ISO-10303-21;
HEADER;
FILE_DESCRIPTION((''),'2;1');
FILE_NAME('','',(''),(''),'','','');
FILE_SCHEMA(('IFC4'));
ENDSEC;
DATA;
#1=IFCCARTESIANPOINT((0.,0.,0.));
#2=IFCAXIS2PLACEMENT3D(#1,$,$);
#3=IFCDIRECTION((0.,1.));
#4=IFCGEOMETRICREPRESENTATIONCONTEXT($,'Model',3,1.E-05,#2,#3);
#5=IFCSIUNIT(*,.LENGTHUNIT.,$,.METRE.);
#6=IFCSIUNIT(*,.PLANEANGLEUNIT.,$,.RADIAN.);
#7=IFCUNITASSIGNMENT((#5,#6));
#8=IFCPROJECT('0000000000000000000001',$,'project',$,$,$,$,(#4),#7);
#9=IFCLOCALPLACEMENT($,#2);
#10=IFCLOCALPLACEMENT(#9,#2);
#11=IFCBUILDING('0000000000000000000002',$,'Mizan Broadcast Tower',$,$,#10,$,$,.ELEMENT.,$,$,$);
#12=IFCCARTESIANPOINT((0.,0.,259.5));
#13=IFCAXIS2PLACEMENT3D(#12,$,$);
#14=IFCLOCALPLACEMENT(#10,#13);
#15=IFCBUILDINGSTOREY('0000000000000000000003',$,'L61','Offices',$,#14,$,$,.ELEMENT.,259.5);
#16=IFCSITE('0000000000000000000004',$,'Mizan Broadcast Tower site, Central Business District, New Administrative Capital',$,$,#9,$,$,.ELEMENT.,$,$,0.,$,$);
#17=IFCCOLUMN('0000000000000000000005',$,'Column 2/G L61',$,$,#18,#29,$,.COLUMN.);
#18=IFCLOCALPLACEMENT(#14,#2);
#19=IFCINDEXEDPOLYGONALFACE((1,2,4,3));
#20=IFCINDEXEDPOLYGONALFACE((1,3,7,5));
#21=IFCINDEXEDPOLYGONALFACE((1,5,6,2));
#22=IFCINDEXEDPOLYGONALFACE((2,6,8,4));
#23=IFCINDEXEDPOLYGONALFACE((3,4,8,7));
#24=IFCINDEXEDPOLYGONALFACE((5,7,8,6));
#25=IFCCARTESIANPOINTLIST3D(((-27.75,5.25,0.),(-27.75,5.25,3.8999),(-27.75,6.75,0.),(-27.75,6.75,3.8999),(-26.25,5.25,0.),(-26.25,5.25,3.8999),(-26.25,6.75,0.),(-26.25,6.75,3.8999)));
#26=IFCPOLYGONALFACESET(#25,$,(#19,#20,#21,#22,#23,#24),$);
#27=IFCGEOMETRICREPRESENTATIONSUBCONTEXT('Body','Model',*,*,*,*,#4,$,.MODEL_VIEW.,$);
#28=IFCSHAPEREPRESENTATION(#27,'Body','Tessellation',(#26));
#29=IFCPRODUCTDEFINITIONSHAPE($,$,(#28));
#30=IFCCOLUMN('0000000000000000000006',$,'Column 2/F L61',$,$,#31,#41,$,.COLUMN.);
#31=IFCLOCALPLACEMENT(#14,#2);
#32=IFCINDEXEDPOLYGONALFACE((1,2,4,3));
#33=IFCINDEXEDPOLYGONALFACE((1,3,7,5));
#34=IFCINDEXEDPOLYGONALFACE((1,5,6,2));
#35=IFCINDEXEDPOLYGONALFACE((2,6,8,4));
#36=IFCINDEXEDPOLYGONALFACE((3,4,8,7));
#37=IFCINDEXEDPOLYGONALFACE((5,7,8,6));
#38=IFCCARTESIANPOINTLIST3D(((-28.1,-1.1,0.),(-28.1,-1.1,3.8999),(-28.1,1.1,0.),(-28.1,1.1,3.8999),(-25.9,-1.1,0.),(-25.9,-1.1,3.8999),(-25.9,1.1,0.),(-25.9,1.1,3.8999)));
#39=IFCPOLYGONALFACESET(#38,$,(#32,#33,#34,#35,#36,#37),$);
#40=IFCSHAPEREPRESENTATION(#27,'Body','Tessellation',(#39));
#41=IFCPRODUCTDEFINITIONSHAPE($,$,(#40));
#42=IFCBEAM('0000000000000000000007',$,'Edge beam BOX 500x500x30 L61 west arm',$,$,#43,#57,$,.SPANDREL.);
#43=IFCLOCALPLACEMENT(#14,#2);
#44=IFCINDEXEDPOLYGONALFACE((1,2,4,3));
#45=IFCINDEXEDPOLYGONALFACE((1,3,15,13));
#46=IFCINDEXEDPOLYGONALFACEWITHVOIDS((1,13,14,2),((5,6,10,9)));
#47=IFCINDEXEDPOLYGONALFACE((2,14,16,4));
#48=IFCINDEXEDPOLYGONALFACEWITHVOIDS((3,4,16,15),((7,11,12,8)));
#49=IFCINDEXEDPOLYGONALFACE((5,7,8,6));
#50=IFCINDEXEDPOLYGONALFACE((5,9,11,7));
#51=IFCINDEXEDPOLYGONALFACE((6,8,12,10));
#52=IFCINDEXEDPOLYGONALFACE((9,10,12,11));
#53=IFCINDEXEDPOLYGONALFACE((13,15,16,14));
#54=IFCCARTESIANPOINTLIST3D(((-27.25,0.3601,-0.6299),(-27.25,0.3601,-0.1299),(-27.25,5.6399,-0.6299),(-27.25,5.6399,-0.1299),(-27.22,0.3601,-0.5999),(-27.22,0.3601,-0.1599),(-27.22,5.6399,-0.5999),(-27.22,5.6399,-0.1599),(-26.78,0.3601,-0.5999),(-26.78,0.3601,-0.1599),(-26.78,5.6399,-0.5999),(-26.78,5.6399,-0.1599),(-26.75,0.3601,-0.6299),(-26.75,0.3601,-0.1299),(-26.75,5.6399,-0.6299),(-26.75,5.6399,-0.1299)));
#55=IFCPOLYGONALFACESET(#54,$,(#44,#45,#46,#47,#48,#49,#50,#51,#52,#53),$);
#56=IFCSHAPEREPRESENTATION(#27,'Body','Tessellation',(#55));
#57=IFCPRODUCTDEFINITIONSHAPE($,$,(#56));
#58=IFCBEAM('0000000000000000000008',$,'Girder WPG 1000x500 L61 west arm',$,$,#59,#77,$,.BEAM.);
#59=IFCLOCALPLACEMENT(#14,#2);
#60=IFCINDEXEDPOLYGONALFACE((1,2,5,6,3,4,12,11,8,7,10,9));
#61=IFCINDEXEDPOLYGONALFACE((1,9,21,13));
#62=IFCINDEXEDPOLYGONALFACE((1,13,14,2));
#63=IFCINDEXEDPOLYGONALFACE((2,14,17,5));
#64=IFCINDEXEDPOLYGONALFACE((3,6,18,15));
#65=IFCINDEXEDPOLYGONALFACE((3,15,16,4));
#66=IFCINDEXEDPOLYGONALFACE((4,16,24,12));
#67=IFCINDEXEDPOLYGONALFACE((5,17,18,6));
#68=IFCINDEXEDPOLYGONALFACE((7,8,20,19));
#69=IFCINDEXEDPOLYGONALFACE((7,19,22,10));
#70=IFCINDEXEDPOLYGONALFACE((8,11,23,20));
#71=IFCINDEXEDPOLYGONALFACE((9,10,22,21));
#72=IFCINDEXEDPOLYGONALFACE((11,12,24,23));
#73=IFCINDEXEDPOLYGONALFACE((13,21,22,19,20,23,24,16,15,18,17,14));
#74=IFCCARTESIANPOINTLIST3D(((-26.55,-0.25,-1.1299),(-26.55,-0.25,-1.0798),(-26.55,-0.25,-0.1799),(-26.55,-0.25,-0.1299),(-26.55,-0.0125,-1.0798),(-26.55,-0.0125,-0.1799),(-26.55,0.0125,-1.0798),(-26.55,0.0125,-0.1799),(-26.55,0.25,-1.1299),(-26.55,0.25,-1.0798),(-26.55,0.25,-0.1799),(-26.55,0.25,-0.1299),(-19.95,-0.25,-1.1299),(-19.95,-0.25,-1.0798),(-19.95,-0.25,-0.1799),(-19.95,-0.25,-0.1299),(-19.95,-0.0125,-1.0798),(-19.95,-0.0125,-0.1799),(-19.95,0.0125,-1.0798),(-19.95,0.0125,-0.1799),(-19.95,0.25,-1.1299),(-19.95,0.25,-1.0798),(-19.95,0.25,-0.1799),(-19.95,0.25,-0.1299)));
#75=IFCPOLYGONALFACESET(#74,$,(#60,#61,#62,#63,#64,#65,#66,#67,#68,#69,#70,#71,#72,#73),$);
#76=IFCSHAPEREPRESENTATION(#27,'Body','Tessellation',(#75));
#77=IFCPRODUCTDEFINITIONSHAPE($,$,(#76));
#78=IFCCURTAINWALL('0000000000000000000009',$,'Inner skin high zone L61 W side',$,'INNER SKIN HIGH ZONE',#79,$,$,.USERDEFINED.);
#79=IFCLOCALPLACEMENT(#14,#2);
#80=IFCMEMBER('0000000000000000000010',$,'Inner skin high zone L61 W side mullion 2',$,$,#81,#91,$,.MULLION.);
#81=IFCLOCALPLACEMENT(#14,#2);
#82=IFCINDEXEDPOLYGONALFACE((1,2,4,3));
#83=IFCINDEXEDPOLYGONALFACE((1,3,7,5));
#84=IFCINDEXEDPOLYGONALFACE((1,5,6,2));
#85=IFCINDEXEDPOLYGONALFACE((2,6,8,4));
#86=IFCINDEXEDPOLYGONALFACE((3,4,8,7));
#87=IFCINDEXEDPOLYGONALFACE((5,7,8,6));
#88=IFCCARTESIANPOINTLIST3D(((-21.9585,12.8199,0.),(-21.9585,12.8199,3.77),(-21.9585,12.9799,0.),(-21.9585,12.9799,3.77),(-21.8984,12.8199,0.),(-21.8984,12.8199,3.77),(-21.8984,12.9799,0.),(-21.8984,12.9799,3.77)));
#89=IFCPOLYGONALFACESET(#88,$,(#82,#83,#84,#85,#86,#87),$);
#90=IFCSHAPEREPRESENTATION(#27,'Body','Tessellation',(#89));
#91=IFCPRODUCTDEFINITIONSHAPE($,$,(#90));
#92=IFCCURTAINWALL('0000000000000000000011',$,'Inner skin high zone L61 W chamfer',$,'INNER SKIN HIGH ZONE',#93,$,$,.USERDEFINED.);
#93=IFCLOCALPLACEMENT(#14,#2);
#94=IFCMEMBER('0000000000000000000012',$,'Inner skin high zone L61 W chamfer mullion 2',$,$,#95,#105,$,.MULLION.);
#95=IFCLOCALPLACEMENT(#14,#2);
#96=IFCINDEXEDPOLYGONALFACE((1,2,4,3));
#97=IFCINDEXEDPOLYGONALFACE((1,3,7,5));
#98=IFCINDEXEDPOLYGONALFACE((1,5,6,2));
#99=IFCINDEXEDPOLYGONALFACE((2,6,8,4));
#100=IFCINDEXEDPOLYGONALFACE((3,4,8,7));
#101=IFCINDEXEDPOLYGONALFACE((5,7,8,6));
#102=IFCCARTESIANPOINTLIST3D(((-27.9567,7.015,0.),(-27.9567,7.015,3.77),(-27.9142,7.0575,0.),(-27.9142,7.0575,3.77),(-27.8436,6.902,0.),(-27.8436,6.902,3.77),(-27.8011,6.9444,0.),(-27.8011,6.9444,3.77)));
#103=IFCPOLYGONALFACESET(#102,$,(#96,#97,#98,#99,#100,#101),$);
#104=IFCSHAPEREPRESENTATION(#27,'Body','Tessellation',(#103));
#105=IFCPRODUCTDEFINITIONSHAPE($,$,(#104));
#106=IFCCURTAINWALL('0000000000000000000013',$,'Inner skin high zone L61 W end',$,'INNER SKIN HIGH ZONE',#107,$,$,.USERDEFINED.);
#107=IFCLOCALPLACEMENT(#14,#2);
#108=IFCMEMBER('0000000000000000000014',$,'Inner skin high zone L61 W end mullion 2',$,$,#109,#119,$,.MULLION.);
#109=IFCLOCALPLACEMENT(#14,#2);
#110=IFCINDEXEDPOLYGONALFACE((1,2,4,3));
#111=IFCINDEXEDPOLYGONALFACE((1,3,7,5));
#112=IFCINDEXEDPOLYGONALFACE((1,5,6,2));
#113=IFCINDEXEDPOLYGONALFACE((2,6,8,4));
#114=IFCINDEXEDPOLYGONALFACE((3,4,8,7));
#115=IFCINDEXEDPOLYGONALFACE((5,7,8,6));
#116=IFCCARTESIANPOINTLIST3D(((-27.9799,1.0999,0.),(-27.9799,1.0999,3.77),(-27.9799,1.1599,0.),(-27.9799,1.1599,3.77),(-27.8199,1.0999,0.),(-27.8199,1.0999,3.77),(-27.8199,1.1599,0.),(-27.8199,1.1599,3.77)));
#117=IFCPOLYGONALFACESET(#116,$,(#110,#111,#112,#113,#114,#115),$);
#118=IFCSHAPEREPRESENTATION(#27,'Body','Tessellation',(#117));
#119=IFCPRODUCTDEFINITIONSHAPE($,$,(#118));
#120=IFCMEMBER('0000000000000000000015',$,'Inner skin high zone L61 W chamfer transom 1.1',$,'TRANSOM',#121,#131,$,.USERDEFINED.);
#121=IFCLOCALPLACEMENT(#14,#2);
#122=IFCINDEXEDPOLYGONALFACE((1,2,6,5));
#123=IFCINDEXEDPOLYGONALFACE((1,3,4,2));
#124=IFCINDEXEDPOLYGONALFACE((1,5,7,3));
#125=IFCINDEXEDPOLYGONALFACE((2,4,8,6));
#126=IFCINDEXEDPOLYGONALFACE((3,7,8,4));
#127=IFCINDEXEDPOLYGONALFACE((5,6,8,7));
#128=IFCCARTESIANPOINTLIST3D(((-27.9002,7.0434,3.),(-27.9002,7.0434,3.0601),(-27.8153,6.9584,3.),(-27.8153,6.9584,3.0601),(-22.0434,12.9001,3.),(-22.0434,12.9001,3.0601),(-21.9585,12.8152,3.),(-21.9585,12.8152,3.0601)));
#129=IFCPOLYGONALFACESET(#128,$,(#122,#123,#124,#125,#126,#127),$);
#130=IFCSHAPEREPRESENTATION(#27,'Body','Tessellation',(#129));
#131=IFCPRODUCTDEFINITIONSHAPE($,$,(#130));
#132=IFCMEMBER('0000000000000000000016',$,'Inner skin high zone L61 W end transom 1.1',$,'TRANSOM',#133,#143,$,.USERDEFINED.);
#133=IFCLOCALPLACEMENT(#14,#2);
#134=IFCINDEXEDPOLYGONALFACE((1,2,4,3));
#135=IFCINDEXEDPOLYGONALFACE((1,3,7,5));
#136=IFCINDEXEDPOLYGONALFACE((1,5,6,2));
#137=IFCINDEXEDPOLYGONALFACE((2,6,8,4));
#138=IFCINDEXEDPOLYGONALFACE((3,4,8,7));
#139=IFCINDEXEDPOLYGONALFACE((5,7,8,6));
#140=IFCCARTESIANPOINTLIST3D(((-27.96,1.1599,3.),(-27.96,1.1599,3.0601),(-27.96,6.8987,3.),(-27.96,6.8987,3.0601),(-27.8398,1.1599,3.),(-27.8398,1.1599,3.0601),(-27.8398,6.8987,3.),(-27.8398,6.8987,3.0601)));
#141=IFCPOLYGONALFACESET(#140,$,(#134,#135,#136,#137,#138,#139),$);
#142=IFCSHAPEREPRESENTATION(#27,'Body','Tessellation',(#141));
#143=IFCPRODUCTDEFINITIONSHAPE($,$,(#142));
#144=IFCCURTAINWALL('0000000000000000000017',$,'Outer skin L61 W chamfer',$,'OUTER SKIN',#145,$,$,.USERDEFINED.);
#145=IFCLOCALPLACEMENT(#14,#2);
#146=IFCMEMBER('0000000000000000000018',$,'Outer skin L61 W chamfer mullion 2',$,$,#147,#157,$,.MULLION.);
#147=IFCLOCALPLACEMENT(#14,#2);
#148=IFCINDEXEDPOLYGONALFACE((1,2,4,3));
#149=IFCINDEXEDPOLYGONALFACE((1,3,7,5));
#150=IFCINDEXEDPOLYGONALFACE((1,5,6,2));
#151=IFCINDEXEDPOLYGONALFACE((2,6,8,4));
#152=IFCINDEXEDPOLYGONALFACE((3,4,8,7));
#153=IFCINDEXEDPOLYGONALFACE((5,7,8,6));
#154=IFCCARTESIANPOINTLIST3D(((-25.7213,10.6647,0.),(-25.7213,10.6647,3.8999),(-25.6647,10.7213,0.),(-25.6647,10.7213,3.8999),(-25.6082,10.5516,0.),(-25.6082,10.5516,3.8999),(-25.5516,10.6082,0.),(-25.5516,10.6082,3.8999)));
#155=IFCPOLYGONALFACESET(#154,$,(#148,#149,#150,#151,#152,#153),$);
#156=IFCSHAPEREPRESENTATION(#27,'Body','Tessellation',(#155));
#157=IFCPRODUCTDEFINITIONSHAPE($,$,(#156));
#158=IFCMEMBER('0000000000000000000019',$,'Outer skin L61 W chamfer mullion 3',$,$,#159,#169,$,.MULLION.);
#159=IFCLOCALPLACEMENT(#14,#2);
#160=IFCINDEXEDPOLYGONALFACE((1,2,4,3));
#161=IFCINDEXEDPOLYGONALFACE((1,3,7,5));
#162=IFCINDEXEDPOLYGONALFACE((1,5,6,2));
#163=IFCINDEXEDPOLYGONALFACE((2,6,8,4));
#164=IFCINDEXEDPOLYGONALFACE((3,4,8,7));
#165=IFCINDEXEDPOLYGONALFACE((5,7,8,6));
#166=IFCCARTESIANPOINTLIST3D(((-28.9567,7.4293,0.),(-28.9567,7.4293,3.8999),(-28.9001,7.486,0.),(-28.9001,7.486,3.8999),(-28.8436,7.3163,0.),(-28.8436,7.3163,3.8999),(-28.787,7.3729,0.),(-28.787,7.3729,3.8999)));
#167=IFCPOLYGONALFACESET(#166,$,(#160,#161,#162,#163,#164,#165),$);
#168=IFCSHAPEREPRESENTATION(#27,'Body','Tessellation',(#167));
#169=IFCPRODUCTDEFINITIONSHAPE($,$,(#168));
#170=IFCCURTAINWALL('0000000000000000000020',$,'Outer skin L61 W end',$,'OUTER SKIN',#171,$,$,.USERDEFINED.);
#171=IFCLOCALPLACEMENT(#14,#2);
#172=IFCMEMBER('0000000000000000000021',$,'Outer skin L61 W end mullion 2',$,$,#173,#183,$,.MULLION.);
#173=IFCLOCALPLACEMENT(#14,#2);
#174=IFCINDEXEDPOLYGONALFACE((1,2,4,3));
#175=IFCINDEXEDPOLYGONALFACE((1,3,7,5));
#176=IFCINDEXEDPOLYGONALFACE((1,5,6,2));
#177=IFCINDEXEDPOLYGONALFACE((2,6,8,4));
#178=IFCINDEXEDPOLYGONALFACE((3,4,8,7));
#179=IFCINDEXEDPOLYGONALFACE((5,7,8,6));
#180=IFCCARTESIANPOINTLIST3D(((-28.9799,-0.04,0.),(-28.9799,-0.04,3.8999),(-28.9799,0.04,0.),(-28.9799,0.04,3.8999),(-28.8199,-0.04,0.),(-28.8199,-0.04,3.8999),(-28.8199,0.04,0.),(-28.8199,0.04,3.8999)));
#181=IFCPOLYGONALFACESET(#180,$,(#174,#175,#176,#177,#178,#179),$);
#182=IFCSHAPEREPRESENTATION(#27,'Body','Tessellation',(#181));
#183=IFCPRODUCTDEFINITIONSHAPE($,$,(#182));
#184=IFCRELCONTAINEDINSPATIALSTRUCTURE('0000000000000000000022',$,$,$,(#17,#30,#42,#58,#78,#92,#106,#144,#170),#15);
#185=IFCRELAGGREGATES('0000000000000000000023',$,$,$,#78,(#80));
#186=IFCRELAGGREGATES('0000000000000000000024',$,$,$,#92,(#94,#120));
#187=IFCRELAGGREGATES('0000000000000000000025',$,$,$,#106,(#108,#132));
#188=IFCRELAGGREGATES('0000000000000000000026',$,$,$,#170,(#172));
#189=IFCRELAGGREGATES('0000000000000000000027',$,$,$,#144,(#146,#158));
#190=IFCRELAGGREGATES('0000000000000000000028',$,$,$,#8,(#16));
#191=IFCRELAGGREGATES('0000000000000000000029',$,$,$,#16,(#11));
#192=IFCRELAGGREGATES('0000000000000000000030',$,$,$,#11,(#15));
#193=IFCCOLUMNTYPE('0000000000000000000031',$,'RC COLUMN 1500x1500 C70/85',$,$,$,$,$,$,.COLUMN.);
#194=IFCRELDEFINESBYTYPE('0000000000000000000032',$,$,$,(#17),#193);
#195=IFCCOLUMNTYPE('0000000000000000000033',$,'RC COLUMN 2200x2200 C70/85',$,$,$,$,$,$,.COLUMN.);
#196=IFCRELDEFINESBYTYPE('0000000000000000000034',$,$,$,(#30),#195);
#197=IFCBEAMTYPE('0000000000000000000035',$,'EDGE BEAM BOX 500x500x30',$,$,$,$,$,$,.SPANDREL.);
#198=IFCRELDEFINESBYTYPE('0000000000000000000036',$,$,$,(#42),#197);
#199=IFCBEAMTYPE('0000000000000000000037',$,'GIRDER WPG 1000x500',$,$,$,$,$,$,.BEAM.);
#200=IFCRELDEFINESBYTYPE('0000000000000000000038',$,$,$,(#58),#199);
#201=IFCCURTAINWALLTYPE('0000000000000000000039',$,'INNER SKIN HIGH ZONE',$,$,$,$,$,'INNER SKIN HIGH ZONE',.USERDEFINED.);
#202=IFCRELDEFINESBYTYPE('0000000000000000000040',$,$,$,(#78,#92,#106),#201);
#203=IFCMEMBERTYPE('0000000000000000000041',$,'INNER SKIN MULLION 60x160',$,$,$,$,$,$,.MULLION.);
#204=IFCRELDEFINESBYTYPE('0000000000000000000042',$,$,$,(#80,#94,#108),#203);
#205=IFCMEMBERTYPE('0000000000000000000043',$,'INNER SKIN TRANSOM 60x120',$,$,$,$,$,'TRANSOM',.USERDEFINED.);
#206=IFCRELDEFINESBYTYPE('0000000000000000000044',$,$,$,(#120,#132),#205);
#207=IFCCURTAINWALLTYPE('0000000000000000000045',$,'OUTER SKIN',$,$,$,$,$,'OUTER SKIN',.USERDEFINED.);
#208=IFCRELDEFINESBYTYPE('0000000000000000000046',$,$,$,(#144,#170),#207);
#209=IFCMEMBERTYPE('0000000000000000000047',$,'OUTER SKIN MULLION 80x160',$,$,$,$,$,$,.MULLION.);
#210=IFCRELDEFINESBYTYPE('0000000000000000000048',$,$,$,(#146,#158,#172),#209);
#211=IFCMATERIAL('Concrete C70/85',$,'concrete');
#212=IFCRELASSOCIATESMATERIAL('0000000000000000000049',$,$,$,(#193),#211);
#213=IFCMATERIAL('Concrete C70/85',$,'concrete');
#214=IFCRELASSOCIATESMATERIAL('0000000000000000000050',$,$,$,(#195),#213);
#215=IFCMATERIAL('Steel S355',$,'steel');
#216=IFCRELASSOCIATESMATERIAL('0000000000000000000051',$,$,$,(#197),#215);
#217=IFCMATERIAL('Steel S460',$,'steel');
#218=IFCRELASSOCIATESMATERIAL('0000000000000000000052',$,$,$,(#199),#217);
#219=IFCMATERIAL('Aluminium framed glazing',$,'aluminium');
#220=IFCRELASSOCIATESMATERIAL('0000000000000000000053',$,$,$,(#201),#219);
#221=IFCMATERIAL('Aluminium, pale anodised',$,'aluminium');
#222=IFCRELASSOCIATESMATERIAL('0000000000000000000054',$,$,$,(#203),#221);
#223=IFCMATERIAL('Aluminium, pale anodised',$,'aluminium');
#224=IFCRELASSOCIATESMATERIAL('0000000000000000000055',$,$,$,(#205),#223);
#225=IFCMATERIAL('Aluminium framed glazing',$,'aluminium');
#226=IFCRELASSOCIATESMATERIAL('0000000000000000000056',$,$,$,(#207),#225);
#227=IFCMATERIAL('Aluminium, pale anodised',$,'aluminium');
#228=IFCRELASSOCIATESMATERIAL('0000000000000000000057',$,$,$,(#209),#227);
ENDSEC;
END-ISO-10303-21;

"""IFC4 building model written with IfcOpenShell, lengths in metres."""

from ifc_helpers import new_model, si_unit, direction, frame, origin, origin_2d, place, context, subcontext, project, spatial, rectangle, hollow_rectangle, i_section, extrude, material, material_profile, profile_set, type_object, element, aggregate, save


model = new_model("IFC4")

# Units and contexts
model_context = context("Model", 3, precision=1e-05, world=origin(), true_north=direction((0.0, 1.0)))
body_context = subcontext(model_context, "Body", "Model", "MODEL_VIEW")
ifc_project = project(units=[si_unit("LENGTHUNIT", "METRE"), si_unit("PLANEANGLEUNIT", "RADIAN")], contexts=[model_context])

# Site, building, storey
site_placement = place(None, origin())
site = spatial("IfcSite", under=ifc_project, at=site_placement, Name="Mizan Broadcast Tower site, Central Business District, New Administrative Capital", CompositionType="ELEMENT", RefElevation=0.0)
building_placement = place(site_placement, origin())
building = spatial("IfcBuilding", under=site, at=building_placement, Name="Mizan Broadcast Tower", CompositionType="ELEMENT")
storey_placement = place(building_placement, frame((0.0, 0.0, 259.5)))
storey = spatial("IfcBuildingStorey", under=building, at=storey_placement, Name="L61", Description="Offices", CompositionType="ELEMENT", Elevation=259.5)

# Columns
ifc_material_1 = material(Name="Concrete C70/85", Category="concrete")
ifc_material_profile_1 = material_profile(ifc_material_1, rectangle(XDim=1.5, YDim=1.5, at=origin_2d()), Name="RC 1500x1500")
ifc_profile_set_1 = profile_set([ifc_material_profile_1], Name="Concrete C70/85")
column_type_1 = type_object("IfcColumnType", Name="RC COLUMN 1500x1500 C70/85", PredefinedType="COLUMN", material=ifc_profile_set_1)
column_1_placement = place(storey_placement, frame((-27.0, 6.0, 0.0), z_axis=(0.0, 0.0, 1.0), x_axis=(1.0, 0.0, 0.0)))
element("IfcColumn", 1, at=column_1_placement, inside=storey, type_object=column_type_1, Name="Column 2/G L61", PredefinedType="COLUMN", context=body_context, shape_type="SweptSolid", body=[
    extrude(rectangle(XDim=1.5, YDim=1.5, at=origin_2d()), origin(), (0.0, 0.0, 1.0), 3.8999),
])
ifc_material_2 = material(Name="Concrete C70/85", Category="concrete")
ifc_material_profile_2 = material_profile(ifc_material_2, rectangle(XDim=2.2, YDim=2.2, at=origin_2d()), Name="RC 2200x2200")
ifc_profile_set_2 = profile_set([ifc_material_profile_2], Name="Concrete C70/85")
column_type_2 = type_object("IfcColumnType", Name="RC COLUMN 2200x2200 C70/85", PredefinedType="COLUMN", material=ifc_profile_set_2)
column_2_placement = place(storey_placement, frame((-27.0, 0.0, 0.0), z_axis=(0.0, 0.0, 1.0), x_axis=(1.0, 0.0, 0.0)))
element("IfcColumn", 2, at=column_2_placement, inside=storey, type_object=column_type_2, Name="Column 2/F L61", PredefinedType="COLUMN", context=body_context, shape_type="SweptSolid", body=[
    extrude(rectangle(XDim=2.2, YDim=2.2, at=origin_2d()), origin(), (0.0, 0.0, 1.0), 3.8999),
])

# Beams
ifc_material_3 = material(Name="Steel S355", Category="steel")
ifc_material_profile_3 = material_profile(ifc_material_3, hollow_rectangle(XDim=0.5, YDim=0.5, WallThickness=0.03, at=origin_2d()), Name="BOX 500x500x30")
ifc_profile_set_3 = profile_set([ifc_material_profile_3], Name="Steel S355")
beam_type_1 = type_object("IfcBeamType", Name="EDGE BEAM BOX 500x500x30", PredefinedType="SPANDREL", material=ifc_profile_set_3)
beam_1_placement = place(storey_placement, frame((-27.0, 5.6399, -0.3799), z_axis=(0.0, -1.0, 0.0), x_axis=(1.0, 0.0, 0.0)))
element("IfcBeam", 3, at=beam_1_placement, inside=storey, type_object=beam_type_1, Name="Edge beam BOX 500x500x30 L61 west arm", PredefinedType="SPANDREL", context=body_context, shape_type="SweptSolid", body=[
    extrude(hollow_rectangle(XDim=0.5, YDim=0.5, WallThickness=0.03, at=origin_2d()), origin(), (0.0, 0.0, 1.0), 5.2798),
])
ifc_material_4 = material(Name="Steel S460", Category="steel")
ifc_material_profile_4 = material_profile(ifc_material_4, i_section(OverallWidth=0.5, OverallDepth=1.0, WebThickness=0.0249, FlangeThickness=0.05, at=origin_2d()), Name="WPG 1000x500")
ifc_profile_set_4 = profile_set([ifc_material_profile_4], Name="Steel S460")
beam_type_2 = type_object("IfcBeamType", Name="GIRDER WPG 1000x500", PredefinedType="BEAM", material=ifc_profile_set_4)
beam_2_placement = place(storey_placement, frame((-19.95, 0.0, -0.6299), z_axis=(-1.0, 0.0, 0.0), x_axis=(0.0, -1.0, 0.0)))
element("IfcBeam", 4, at=beam_2_placement, inside=storey, type_object=beam_type_2, Name="Girder WPG 1000x500 L61 west arm", PredefinedType="BEAM", context=body_context, shape_type="SweptSolid", body=[
    extrude(i_section(OverallWidth=0.5, OverallDepth=1.0, WebThickness=0.0249, FlangeThickness=0.05, at=origin_2d()), origin(), (0.0, 0.0, 1.0), 6.6001),
])

# Curtain walls, members
ifc_material_5 = material(Name="Aluminium framed glazing", Category="aluminium")
curtain_wall_type_1 = type_object("IfcCurtainWallType", Name="INNER SKIN HIGH ZONE", ElementType="INNER SKIN HIGH ZONE", PredefinedType="USERDEFINED", material=ifc_material_5)
curtain_wall_1_placement = place(storey_placement, origin())
curtain_wall_1 = element("IfcCurtainWall", 5, at=curtain_wall_1_placement, inside=storey, type_object=curtain_wall_type_1, Name="Inner skin high zone L61 W side", ObjectType="INNER SKIN HIGH ZONE", PredefinedType="USERDEFINED")
ifc_material_6 = material(Name="Aluminium, pale anodised", Category="aluminium")
ifc_material_profile_5 = material_profile(ifc_material_6, rectangle(XDim=0.1599, YDim=0.0601, at=origin_2d()), Name="MULLION 160x60")
ifc_profile_set_5 = profile_set([ifc_material_profile_5], Name="Aluminium, pale anodised")
member_type_1 = type_object("IfcMemberType", Name="INNER SKIN MULLION 60x160", PredefinedType="MULLION", material=ifc_profile_set_5)
member_1_placement = place(storey_placement, frame((-21.9285, 12.8999, 0.0), z_axis=(0.0, 0.0, 1.0), x_axis=(0.0, -1.0, 0.0)))
member_1 = element("IfcMember", 6, at=member_1_placement, type_object=member_type_1, Name="Inner skin high zone L61 W side mullion 2", PredefinedType="MULLION", context=body_context, shape_type="SweptSolid", body=[
    extrude(rectangle(XDim=0.1599, YDim=0.0601, at=origin_2d()), origin(), (0.0, 0.0, 1.0), 3.77),
])
curtain_wall_2_placement = place(storey_placement, origin())
curtain_wall_2 = element("IfcCurtainWall", 7, at=curtain_wall_2_placement, inside=storey, type_object=curtain_wall_type_1, Name="Inner skin high zone L61 W chamfer", ObjectType="INNER SKIN HIGH ZONE", PredefinedType="USERDEFINED")
member_2_placement = place(storey_placement, frame((-27.8789, 6.9797, 0.0), z_axis=(0.0, 0.0, 1.0), x_axis=(0.707107, -0.707107, 0.0)))
member_2 = element("IfcMember", 8, at=member_2_placement, type_object=member_type_1, Name="Inner skin high zone L61 W chamfer mullion 2", PredefinedType="MULLION", context=body_context, shape_type="SweptSolid", body=[
    extrude(rectangle(XDim=0.1599, YDim=0.0601, at=origin_2d()), origin(), (0.0, 0.0, 1.0), 3.77),
])
curtain_wall_3_placement = place(storey_placement, origin())
curtain_wall_3 = element("IfcCurtainWall", 9, at=curtain_wall_3_placement, inside=storey, type_object=curtain_wall_type_1, Name="Inner skin high zone L61 W end", ObjectType="INNER SKIN HIGH ZONE", PredefinedType="USERDEFINED")
member_3_placement = place(storey_placement, frame((-27.8999, 1.1299, 0.0), z_axis=(0.0, 0.0, 1.0), x_axis=(1.0, 0.0, 0.0)))
member_3 = element("IfcMember", 10, at=member_3_placement, type_object=member_type_1, Name="Inner skin high zone L61 W end mullion 2", PredefinedType="MULLION", context=body_context, shape_type="SweptSolid", body=[
    extrude(rectangle(XDim=0.1599, YDim=0.0601, at=origin_2d()), origin(), (0.0, 0.0, 1.0), 3.77),
])

# Members
ifc_material_7 = material(Name="Aluminium, pale anodised", Category="aluminium")
ifc_material_profile_6 = material_profile(ifc_material_7, rectangle(XDim=0.1201, YDim=0.0601, at=origin_2d()), Name="TRANSOM 120x60")
ifc_profile_set_6 = profile_set([ifc_material_profile_6], Name="Aluminium, pale anodised")
member_type_2 = type_object("IfcMemberType", Name="INNER SKIN TRANSOM 60x120", ElementType="TRANSOM", PredefinedType="USERDEFINED", material=ifc_profile_set_6)
member_4_placement = place(storey_placement, frame((-22.001, 12.8577, 3.03), z_axis=(-0.707107, -0.707107, 0.0), x_axis=(0.707107, -0.707107, 0.0)))
member_4 = element("IfcMember", 11, at=member_4_placement, type_object=member_type_2, Name="Inner skin high zone L61 W chamfer transom 1.1", ObjectType="TRANSOM", PredefinedType="USERDEFINED", context=body_context, shape_type="SweptSolid", body=[
    extrude(rectangle(XDim=0.1201, YDim=0.0601, at=origin_2d()), origin(), (0.0, 0.0, 1.0), 8.2827),
])
member_5_placement = place(storey_placement, frame((-27.8999, 6.8987, 3.03), z_axis=(0.0, -1.0, 0.0), x_axis=(1.0, 0.0, 0.0)))
member_5 = element("IfcMember", 12, at=member_5_placement, type_object=member_type_2, Name="Inner skin high zone L61 W end transom 1.1", ObjectType="TRANSOM", PredefinedType="USERDEFINED", context=body_context, shape_type="SweptSolid", body=[
    extrude(rectangle(XDim=0.1201, YDim=0.0601, at=origin_2d()), origin(), (0.0, 0.0, 1.0), 5.7388),
])

# Curtain wall, members
ifc_material_8 = material(Name="Aluminium framed glazing", Category="aluminium")
curtain_wall_type_2 = type_object("IfcCurtainWallType", Name="OUTER SKIN", ElementType="OUTER SKIN", PredefinedType="USERDEFINED", material=ifc_material_8)
curtain_wall_4_placement = place(storey_placement, origin())
curtain_wall_4 = element("IfcCurtainWall", 13, at=curtain_wall_4_placement, inside=storey, type_object=curtain_wall_type_2, Name="Outer skin L61 W chamfer", ObjectType="OUTER SKIN", PredefinedType="USERDEFINED")
ifc_material_9 = material(Name="Aluminium, pale anodised", Category="aluminium")
ifc_material_profile_7 = material_profile(ifc_material_9, rectangle(XDim=0.1599, YDim=0.0801, at=origin_2d()), Name="MULLION 160x80")
ifc_profile_set_7 = profile_set([ifc_material_profile_7], Name="Aluminium, pale anodised")
member_type_3 = type_object("IfcMemberType", Name="OUTER SKIN MULLION 80x160", PredefinedType="MULLION", material=ifc_profile_set_7)
member_6_placement = place(storey_placement, frame((-25.6365, 10.6365, 0.0), z_axis=(0.0, 0.0, 1.0), x_axis=(0.707107, -0.707107, 0.0)))
member_6 = element("IfcMember", 14, at=member_6_placement, type_object=member_type_3, Name="Outer skin L61 W chamfer mullion 2", PredefinedType="MULLION", context=body_context, shape_type="SweptSolid", body=[
    extrude(rectangle(XDim=0.1599, YDim=0.0801, at=origin_2d()), origin(), (0.0, 0.0, 1.0), 3.8999),
])
member_7_placement = place(storey_placement, frame((-28.8718, 7.4011, 0.0), z_axis=(0.0, 0.0, 1.0), x_axis=(0.707107, -0.707107, 0.0)))
member_7 = element("IfcMember", 15, at=member_7_placement, type_object=member_type_3, Name="Outer skin L61 W chamfer mullion 3", PredefinedType="MULLION", context=body_context, shape_type="SweptSolid", body=[
    extrude(rectangle(XDim=0.1599, YDim=0.0801, at=origin_2d()), origin(), (0.0, 0.0, 1.0), 3.8999),
])

# Curtain wall, member
curtain_wall_5_placement = place(storey_placement, origin())
curtain_wall_5 = element("IfcCurtainWall", 16, at=curtain_wall_5_placement, inside=storey, type_object=curtain_wall_type_2, Name="Outer skin L61 W end", ObjectType="OUTER SKIN", PredefinedType="USERDEFINED")
member_8_placement = place(storey_placement, frame((-28.8999, 0.0, 0.0), z_axis=(0.0, 0.0, 1.0), x_axis=(1.0, 0.0, 0.0)))
member_8 = element("IfcMember", 17, at=member_8_placement, type_object=member_type_3, Name="Outer skin L61 W end mullion 2", PredefinedType="MULLION", context=body_context, shape_type="SweptSolid", body=[
    extrude(rectangle(XDim=0.1599, YDim=0.0801, at=origin_2d()), origin(), (0.0, 0.0, 1.0), 3.8999),
])

aggregate(curtain_wall_1, [member_1])
aggregate(curtain_wall_2, [member_2, member_4])
aggregate(curtain_wall_3, [member_3, member_5])
aggregate(curtain_wall_5, [member_8])
aggregate(curtain_wall_4, [member_6, member_7])

save(model, "model.ifc")
